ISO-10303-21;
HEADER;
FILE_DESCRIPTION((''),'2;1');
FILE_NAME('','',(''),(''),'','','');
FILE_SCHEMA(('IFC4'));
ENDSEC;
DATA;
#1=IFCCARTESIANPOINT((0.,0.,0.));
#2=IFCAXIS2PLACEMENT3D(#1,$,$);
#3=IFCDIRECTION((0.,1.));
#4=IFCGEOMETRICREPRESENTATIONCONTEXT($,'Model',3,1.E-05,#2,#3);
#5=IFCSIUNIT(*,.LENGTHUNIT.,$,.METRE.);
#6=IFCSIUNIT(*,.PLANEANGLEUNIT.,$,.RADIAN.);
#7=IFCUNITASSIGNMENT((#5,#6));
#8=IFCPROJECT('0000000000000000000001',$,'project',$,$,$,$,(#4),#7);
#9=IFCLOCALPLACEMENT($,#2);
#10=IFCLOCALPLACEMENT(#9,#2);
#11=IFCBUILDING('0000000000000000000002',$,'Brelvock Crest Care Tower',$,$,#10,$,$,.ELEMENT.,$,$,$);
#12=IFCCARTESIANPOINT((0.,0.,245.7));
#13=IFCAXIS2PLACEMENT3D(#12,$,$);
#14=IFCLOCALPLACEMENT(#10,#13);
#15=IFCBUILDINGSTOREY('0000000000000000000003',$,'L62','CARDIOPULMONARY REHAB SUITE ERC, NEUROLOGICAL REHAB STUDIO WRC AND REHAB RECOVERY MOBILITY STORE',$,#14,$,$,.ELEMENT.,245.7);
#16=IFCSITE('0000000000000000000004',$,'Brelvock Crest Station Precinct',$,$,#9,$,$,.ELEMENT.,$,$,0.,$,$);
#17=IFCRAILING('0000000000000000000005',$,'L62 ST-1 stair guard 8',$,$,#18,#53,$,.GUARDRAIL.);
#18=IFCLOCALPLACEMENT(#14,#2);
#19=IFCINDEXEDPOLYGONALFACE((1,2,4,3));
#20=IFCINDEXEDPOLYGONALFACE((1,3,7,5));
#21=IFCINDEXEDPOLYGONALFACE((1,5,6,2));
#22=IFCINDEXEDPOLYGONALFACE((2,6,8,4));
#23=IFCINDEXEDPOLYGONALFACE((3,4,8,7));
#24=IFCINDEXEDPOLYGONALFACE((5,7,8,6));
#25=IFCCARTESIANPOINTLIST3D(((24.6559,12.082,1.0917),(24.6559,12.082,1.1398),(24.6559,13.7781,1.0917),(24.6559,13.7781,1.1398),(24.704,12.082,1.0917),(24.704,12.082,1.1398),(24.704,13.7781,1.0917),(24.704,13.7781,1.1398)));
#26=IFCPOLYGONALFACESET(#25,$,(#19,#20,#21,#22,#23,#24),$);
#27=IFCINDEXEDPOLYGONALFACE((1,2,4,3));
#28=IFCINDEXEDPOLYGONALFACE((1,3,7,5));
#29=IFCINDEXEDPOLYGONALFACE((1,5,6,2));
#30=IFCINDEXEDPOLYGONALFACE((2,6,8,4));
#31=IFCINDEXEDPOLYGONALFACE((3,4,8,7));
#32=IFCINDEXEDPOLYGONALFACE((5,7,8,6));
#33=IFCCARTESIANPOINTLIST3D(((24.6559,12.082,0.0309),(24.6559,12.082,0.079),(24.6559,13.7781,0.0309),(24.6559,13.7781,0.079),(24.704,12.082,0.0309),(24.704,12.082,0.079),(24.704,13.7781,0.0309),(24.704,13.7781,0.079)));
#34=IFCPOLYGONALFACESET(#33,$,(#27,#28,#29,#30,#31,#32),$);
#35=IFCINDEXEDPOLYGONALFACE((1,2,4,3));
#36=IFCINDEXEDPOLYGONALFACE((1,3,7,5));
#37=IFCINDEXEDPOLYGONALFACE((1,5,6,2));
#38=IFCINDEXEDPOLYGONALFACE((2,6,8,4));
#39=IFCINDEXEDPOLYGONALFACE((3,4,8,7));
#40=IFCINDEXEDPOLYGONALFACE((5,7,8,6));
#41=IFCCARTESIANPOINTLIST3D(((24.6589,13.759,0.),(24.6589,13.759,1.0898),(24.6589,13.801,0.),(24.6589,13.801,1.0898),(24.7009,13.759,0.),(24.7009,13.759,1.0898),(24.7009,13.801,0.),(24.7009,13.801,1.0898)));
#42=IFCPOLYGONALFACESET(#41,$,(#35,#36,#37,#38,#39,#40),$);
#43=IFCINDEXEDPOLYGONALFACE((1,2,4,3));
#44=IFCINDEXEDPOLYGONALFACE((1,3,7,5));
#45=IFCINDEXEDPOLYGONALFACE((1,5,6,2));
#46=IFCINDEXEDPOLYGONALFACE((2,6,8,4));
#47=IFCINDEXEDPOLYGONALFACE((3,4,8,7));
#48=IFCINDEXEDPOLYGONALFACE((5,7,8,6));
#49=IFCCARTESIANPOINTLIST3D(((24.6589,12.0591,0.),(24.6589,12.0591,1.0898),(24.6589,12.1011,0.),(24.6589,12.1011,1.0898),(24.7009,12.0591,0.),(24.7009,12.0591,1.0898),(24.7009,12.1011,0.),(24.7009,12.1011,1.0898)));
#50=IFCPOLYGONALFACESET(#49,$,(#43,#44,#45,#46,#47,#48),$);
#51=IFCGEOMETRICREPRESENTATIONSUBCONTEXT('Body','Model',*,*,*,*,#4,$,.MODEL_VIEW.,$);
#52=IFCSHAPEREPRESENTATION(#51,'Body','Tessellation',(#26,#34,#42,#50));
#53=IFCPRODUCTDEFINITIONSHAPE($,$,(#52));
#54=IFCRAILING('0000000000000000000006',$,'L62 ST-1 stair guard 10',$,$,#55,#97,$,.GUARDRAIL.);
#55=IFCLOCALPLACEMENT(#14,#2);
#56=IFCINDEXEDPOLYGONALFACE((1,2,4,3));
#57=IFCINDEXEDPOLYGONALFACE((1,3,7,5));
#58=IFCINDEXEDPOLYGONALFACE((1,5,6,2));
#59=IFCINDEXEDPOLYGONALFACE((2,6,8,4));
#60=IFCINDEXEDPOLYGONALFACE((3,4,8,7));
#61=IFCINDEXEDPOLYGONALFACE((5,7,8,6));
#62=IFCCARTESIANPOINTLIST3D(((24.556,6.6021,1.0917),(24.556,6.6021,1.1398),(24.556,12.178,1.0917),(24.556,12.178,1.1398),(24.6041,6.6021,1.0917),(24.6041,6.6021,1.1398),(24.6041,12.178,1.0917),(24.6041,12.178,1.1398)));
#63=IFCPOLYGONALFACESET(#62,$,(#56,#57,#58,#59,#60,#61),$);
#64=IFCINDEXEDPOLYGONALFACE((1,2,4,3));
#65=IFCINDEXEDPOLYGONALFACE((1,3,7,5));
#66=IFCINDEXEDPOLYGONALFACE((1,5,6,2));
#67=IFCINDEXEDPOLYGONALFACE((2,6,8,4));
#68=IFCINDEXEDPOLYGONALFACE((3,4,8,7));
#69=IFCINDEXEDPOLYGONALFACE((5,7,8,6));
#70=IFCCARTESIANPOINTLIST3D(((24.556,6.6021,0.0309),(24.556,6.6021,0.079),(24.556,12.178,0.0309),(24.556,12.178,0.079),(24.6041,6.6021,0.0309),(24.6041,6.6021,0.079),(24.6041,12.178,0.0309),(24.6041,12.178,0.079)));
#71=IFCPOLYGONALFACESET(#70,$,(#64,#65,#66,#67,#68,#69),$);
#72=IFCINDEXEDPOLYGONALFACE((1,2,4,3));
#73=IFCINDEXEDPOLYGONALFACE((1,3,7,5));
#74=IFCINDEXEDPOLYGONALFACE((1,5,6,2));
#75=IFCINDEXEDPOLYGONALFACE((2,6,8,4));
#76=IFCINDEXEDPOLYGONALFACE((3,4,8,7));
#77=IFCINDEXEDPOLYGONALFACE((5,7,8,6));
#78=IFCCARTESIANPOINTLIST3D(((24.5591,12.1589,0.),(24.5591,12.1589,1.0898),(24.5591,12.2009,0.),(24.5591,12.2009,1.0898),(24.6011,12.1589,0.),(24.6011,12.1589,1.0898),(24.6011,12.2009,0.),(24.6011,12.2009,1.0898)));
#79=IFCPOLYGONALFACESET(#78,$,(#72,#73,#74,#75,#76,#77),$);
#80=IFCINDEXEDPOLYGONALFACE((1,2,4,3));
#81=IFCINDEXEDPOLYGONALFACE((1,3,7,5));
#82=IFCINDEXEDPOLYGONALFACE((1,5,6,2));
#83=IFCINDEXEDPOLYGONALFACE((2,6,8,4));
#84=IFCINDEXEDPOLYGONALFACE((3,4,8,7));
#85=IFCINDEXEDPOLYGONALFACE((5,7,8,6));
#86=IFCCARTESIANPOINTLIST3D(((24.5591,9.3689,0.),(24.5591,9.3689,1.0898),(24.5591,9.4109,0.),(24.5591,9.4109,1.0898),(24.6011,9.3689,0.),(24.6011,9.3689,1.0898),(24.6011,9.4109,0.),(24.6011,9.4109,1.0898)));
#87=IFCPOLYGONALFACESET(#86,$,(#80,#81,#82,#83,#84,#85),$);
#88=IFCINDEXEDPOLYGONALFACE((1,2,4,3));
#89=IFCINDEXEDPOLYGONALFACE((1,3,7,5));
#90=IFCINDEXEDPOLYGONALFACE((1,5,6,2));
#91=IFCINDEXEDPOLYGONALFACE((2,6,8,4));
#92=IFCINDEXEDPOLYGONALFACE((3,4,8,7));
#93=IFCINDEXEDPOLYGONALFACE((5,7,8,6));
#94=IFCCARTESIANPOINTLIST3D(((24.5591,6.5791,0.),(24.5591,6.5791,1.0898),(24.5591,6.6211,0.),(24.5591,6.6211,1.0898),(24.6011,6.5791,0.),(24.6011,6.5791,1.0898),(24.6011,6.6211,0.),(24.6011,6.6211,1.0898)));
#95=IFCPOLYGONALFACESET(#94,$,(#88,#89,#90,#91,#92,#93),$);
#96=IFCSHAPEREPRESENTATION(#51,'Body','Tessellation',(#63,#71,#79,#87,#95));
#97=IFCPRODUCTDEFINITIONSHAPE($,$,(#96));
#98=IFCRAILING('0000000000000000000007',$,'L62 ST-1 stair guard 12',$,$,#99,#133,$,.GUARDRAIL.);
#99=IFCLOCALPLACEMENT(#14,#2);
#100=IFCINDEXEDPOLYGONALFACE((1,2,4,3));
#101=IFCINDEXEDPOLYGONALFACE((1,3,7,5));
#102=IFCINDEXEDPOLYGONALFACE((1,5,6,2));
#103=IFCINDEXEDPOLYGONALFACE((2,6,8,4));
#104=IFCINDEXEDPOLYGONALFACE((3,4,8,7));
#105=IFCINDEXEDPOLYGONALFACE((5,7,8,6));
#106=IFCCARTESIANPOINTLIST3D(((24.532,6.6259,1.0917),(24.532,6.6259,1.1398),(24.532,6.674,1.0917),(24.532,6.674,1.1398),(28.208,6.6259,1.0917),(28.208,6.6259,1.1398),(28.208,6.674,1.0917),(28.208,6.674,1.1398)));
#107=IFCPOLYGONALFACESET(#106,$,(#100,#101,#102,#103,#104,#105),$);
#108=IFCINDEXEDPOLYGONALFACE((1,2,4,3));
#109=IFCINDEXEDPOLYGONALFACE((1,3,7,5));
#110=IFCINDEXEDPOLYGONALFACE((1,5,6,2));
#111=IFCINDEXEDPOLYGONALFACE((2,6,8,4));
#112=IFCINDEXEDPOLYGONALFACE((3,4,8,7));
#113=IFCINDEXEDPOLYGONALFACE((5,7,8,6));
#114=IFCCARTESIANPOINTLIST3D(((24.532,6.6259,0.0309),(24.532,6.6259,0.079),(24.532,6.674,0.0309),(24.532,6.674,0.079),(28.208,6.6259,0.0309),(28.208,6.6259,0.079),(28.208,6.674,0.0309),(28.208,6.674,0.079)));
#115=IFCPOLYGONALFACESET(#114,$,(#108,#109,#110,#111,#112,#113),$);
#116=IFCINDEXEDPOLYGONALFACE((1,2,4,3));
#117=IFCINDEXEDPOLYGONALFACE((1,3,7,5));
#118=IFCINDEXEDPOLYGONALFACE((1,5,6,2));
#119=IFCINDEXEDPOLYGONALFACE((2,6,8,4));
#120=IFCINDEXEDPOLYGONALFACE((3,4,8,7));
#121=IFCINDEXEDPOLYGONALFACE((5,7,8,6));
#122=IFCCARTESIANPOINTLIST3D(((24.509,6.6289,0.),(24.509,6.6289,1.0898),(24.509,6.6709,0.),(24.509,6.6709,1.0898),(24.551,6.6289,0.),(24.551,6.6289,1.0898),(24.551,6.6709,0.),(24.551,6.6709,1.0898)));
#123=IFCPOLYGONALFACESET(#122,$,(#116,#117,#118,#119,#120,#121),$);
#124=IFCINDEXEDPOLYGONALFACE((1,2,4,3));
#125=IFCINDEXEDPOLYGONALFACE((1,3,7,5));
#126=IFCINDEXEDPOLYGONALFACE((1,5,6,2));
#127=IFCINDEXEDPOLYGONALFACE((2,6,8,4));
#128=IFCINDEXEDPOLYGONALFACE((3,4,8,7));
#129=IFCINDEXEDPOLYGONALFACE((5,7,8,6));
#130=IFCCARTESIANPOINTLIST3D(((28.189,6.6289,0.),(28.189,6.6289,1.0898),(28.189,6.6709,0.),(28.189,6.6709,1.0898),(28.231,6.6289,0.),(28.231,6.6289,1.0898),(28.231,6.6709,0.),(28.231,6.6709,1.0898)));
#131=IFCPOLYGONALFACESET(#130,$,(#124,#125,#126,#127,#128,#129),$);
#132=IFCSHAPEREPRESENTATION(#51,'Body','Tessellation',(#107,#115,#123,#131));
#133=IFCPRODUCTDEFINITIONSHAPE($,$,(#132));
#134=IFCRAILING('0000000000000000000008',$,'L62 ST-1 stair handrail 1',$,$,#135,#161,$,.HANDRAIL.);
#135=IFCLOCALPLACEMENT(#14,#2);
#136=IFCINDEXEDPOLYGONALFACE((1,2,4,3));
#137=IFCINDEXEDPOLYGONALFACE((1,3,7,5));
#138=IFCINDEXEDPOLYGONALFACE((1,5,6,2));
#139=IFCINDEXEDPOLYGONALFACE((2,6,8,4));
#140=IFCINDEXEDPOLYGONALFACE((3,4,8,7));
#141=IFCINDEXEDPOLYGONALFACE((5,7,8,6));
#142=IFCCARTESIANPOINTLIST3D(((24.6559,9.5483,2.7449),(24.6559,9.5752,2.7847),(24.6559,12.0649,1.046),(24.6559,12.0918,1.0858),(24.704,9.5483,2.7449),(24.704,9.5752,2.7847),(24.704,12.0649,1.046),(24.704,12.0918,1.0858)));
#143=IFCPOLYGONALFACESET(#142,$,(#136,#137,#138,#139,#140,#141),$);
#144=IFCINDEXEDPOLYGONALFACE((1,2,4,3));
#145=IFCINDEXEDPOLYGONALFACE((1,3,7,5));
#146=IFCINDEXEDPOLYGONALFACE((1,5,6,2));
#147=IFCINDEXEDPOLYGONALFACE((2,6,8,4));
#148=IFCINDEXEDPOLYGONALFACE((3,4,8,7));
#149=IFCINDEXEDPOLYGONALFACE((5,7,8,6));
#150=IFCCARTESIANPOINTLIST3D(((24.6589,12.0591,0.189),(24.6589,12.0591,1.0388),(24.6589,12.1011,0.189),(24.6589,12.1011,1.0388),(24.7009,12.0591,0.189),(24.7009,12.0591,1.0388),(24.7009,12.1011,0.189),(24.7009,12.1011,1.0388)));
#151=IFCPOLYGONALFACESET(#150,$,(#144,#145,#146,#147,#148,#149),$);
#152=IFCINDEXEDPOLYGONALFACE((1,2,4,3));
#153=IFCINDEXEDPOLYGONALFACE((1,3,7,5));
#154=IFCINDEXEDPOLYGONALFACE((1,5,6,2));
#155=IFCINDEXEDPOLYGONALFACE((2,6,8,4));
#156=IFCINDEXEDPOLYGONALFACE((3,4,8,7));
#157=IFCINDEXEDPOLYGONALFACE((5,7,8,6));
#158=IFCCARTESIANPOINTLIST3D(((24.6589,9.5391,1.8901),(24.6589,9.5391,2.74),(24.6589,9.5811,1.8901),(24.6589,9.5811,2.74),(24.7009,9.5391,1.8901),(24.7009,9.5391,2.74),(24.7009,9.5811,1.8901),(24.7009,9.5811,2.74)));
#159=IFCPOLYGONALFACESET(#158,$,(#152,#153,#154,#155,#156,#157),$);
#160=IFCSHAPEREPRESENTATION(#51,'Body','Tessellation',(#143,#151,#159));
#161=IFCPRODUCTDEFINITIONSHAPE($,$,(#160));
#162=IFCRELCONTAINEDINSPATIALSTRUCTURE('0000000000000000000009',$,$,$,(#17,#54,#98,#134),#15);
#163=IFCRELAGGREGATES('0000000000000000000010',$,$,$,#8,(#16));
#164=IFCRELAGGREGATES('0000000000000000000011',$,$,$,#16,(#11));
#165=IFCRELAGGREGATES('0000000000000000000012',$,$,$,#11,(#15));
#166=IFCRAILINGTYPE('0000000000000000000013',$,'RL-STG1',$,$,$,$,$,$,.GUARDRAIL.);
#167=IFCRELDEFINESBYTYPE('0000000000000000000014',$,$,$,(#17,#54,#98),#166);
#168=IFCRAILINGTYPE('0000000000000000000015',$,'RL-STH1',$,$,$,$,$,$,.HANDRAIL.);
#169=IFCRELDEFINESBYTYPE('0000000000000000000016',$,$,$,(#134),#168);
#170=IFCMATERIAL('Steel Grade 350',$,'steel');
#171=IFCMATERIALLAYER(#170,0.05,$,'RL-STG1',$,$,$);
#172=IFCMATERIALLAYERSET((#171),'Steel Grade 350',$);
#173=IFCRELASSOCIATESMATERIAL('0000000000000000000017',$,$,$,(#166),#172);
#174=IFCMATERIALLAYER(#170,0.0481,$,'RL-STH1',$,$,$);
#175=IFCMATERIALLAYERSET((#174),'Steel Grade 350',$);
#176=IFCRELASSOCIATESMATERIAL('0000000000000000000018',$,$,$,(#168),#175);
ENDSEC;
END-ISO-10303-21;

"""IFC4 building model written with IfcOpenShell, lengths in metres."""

from ifc_helpers import new_model, si_unit, direction, frame, origin, origin_2d, place, context, subcontext, project, spatial, rectangle, extrude, material, layer, layer_set, type_object, element, save


model = new_model("IFC4")

# Units and contexts
model_context = context("Model", 3, precision=1e-05, world=origin(), true_north=direction((0.0, 1.0)))
body_context = subcontext(model_context, "Body", "Model", "MODEL_VIEW")
ifc_project = project(units=[si_unit("LENGTHUNIT", "METRE"), si_unit("PLANEANGLEUNIT", "RADIAN")], contexts=[model_context])

# Site, building, storey
site_placement = place(None, origin())
site = spatial("IfcSite", under=ifc_project, at=site_placement, Name="Brelvock Crest Station Precinct", CompositionType="ELEMENT", RefElevation=0.0)
building_placement = place(site_placement, origin())
building = spatial("IfcBuilding", under=site, at=building_placement, Name="Brelvock Crest Care Tower", CompositionType="ELEMENT")
storey_placement = place(building_placement, frame((0.0, 0.0, 245.7)))
storey = spatial("IfcBuildingStorey", under=building, at=storey_placement, Name="L62", Description="CARDIOPULMONARY REHAB SUITE ERC, NEUROLOGICAL REHAB STUDIO WRC AND REHAB RECOVERY MOBILITY STORE", CompositionType="ELEMENT", Elevation=245.7)

# Shared definitions
ifc_material_1 = material(Name="Steel Grade 350", Category="steel")

# Railings
ifc_layer_1 = layer(ifc_material_1, 0.05, Name="RL-STG1")
ifc_layer_set_1 = layer_set([ifc_layer_1], Name="Steel Grade 350")
railing_type_1 = type_object("IfcRailingType", Name="RL-STG1", PredefinedType="GUARDRAIL", material=ifc_layer_set_1)
railing_1_placement = place(storey_placement, frame((24.6799, 13.78, 0.0)))
element("IfcRailing", 1, at=railing_1_placement, inside=storey, type_object=railing_type_1, Name="L62 ST-1 stair guard 8", PredefinedType="GUARDRAIL", context=body_context, shape_type="SweptSolid", body=[
    extrude(rectangle(XDim=0.0481, YDim=0.0481, at=origin_2d()), frame((0.0, -0.002, 1.1157), z_axis=(0.0, -1.0, 0.0), x_axis=(1.0, 0.0, 0.0)), (0.0, 0.0, 1.0), 1.696),
    extrude(rectangle(XDim=0.0481, YDim=0.0481, at=origin_2d()), frame((0.0, -0.002, 0.0549), z_axis=(0.0, -1.0, 0.0), x_axis=(1.0, 0.0, 0.0)), (0.0, 0.0, 1.0), 1.696),
    extrude(rectangle(XDim=0.042, YDim=0.042, at=origin_2d()), origin(), (0.0, 0.0, 1.0), 1.0898),
    extrude(rectangle(XDim=0.042, YDim=0.042, at=origin_2d()), frame((0.0, -1.7, 0.0)), (0.0, 0.0, 1.0), 1.0898),
])
railing_2_placement = place(storey_placement, frame((24.5801, 12.1799, 0.0)))
element("IfcRailing", 2, at=railing_2_placement, inside=storey, type_object=railing_type_1, Name="L62 ST-1 stair guard 10", PredefinedType="GUARDRAIL", context=body_context, shape_type="SweptSolid", body=[
    extrude(rectangle(XDim=0.0481, YDim=0.0481, at=origin_2d()), frame((0.0, -0.002, 1.1157), z_axis=(0.0, -1.0, 0.0), x_axis=(1.0, 0.0, 0.0)), (0.0, 0.0, 1.0), 5.5759),
    extrude(rectangle(XDim=0.0481, YDim=0.0481, at=origin_2d()), frame((0.0, -0.002, 0.0549), z_axis=(0.0, -1.0, 0.0), x_axis=(1.0, 0.0, 0.0)), (0.0, 0.0, 1.0), 5.5759),
    extrude(rectangle(XDim=0.042, YDim=0.042, at=origin_2d()), origin(), (0.0, 0.0, 1.0), 1.0898),
    extrude(rectangle(XDim=0.042, YDim=0.042, at=origin_2d()), frame((0.0, -2.79, 0.0)), (0.0, 0.0, 1.0), 1.0898),
    extrude(rectangle(XDim=0.042, YDim=0.042, at=origin_2d()), frame((0.0, -5.5798, 0.0)), (0.0, 0.0, 1.0), 1.0898),
])
railing_3_placement = place(storey_placement, frame((24.53, 6.6499, 0.0)))
element("IfcRailing", 3, at=railing_3_placement, inside=storey, type_object=railing_type_1, Name="L62 ST-1 stair guard 12", PredefinedType="GUARDRAIL", context=body_context, shape_type="SweptSolid", body=[
    extrude(rectangle(XDim=0.0481, YDim=0.0481, at=origin_2d()), frame((0.002, 0.0, 1.1157), z_axis=(1.0, 0.0, 0.0), x_axis=(0.0, 1.0, 0.0)), (0.0, 0.0, 1.0), 3.676),
    extrude(rectangle(XDim=0.0481, YDim=0.0481, at=origin_2d()), frame((0.002, 0.0, 0.0549), z_axis=(1.0, 0.0, 0.0), x_axis=(0.0, 1.0, 0.0)), (0.0, 0.0, 1.0), 3.676),
    extrude(rectangle(XDim=0.042, YDim=0.042, at=origin_2d()), origin(), (0.0, 0.0, 1.0), 1.0898),
    extrude(rectangle(XDim=0.042, YDim=0.042, at=origin_2d()), frame((3.6799, 0.0, 0.0)), (0.0, 0.0, 1.0), 1.0898),
])
ifc_layer_2 = layer(ifc_material_1, 0.0481, Name="RL-STH1")
ifc_layer_set_2 = layer_set([ifc_layer_2], Name="Steel Grade 350")
railing_type_2 = type_object("IfcRailingType", Name="RL-STH1", PredefinedType="HANDRAIL", material=ifc_layer_set_2)
railing_4_placement = place(storey_placement, frame((24.6799, 12.0801, 0.189)))
element("IfcRailing", 4, at=railing_4_placement, inside=storey, type_object=railing_type_2, Name="L62 ST-1 stair handrail 1", PredefinedType="HANDRAIL", context=body_context, shape_type="SweptSolid", body=[
    extrude(rectangle(XDim=0.0481, YDim=0.0481, at=origin_2d()), frame((0.0, -0.0017, 0.877), z_axis=(0.0, -0.828824, 0.559509), x_axis=(1.0, 0.0, 0.0)), (0.0, 0.0, 1.0), 3.0364),
    extrude(rectangle(XDim=0.042, YDim=0.042, at=origin_2d()), origin(), (0.0, 0.0, 1.0), 0.8499),
    extrude(rectangle(XDim=0.042, YDim=0.042, at=origin_2d()), frame((0.0, -2.52, 1.7012)), (0.0, 0.0, 1.0), 0.8499),
])

save(model, "model.ifc")
